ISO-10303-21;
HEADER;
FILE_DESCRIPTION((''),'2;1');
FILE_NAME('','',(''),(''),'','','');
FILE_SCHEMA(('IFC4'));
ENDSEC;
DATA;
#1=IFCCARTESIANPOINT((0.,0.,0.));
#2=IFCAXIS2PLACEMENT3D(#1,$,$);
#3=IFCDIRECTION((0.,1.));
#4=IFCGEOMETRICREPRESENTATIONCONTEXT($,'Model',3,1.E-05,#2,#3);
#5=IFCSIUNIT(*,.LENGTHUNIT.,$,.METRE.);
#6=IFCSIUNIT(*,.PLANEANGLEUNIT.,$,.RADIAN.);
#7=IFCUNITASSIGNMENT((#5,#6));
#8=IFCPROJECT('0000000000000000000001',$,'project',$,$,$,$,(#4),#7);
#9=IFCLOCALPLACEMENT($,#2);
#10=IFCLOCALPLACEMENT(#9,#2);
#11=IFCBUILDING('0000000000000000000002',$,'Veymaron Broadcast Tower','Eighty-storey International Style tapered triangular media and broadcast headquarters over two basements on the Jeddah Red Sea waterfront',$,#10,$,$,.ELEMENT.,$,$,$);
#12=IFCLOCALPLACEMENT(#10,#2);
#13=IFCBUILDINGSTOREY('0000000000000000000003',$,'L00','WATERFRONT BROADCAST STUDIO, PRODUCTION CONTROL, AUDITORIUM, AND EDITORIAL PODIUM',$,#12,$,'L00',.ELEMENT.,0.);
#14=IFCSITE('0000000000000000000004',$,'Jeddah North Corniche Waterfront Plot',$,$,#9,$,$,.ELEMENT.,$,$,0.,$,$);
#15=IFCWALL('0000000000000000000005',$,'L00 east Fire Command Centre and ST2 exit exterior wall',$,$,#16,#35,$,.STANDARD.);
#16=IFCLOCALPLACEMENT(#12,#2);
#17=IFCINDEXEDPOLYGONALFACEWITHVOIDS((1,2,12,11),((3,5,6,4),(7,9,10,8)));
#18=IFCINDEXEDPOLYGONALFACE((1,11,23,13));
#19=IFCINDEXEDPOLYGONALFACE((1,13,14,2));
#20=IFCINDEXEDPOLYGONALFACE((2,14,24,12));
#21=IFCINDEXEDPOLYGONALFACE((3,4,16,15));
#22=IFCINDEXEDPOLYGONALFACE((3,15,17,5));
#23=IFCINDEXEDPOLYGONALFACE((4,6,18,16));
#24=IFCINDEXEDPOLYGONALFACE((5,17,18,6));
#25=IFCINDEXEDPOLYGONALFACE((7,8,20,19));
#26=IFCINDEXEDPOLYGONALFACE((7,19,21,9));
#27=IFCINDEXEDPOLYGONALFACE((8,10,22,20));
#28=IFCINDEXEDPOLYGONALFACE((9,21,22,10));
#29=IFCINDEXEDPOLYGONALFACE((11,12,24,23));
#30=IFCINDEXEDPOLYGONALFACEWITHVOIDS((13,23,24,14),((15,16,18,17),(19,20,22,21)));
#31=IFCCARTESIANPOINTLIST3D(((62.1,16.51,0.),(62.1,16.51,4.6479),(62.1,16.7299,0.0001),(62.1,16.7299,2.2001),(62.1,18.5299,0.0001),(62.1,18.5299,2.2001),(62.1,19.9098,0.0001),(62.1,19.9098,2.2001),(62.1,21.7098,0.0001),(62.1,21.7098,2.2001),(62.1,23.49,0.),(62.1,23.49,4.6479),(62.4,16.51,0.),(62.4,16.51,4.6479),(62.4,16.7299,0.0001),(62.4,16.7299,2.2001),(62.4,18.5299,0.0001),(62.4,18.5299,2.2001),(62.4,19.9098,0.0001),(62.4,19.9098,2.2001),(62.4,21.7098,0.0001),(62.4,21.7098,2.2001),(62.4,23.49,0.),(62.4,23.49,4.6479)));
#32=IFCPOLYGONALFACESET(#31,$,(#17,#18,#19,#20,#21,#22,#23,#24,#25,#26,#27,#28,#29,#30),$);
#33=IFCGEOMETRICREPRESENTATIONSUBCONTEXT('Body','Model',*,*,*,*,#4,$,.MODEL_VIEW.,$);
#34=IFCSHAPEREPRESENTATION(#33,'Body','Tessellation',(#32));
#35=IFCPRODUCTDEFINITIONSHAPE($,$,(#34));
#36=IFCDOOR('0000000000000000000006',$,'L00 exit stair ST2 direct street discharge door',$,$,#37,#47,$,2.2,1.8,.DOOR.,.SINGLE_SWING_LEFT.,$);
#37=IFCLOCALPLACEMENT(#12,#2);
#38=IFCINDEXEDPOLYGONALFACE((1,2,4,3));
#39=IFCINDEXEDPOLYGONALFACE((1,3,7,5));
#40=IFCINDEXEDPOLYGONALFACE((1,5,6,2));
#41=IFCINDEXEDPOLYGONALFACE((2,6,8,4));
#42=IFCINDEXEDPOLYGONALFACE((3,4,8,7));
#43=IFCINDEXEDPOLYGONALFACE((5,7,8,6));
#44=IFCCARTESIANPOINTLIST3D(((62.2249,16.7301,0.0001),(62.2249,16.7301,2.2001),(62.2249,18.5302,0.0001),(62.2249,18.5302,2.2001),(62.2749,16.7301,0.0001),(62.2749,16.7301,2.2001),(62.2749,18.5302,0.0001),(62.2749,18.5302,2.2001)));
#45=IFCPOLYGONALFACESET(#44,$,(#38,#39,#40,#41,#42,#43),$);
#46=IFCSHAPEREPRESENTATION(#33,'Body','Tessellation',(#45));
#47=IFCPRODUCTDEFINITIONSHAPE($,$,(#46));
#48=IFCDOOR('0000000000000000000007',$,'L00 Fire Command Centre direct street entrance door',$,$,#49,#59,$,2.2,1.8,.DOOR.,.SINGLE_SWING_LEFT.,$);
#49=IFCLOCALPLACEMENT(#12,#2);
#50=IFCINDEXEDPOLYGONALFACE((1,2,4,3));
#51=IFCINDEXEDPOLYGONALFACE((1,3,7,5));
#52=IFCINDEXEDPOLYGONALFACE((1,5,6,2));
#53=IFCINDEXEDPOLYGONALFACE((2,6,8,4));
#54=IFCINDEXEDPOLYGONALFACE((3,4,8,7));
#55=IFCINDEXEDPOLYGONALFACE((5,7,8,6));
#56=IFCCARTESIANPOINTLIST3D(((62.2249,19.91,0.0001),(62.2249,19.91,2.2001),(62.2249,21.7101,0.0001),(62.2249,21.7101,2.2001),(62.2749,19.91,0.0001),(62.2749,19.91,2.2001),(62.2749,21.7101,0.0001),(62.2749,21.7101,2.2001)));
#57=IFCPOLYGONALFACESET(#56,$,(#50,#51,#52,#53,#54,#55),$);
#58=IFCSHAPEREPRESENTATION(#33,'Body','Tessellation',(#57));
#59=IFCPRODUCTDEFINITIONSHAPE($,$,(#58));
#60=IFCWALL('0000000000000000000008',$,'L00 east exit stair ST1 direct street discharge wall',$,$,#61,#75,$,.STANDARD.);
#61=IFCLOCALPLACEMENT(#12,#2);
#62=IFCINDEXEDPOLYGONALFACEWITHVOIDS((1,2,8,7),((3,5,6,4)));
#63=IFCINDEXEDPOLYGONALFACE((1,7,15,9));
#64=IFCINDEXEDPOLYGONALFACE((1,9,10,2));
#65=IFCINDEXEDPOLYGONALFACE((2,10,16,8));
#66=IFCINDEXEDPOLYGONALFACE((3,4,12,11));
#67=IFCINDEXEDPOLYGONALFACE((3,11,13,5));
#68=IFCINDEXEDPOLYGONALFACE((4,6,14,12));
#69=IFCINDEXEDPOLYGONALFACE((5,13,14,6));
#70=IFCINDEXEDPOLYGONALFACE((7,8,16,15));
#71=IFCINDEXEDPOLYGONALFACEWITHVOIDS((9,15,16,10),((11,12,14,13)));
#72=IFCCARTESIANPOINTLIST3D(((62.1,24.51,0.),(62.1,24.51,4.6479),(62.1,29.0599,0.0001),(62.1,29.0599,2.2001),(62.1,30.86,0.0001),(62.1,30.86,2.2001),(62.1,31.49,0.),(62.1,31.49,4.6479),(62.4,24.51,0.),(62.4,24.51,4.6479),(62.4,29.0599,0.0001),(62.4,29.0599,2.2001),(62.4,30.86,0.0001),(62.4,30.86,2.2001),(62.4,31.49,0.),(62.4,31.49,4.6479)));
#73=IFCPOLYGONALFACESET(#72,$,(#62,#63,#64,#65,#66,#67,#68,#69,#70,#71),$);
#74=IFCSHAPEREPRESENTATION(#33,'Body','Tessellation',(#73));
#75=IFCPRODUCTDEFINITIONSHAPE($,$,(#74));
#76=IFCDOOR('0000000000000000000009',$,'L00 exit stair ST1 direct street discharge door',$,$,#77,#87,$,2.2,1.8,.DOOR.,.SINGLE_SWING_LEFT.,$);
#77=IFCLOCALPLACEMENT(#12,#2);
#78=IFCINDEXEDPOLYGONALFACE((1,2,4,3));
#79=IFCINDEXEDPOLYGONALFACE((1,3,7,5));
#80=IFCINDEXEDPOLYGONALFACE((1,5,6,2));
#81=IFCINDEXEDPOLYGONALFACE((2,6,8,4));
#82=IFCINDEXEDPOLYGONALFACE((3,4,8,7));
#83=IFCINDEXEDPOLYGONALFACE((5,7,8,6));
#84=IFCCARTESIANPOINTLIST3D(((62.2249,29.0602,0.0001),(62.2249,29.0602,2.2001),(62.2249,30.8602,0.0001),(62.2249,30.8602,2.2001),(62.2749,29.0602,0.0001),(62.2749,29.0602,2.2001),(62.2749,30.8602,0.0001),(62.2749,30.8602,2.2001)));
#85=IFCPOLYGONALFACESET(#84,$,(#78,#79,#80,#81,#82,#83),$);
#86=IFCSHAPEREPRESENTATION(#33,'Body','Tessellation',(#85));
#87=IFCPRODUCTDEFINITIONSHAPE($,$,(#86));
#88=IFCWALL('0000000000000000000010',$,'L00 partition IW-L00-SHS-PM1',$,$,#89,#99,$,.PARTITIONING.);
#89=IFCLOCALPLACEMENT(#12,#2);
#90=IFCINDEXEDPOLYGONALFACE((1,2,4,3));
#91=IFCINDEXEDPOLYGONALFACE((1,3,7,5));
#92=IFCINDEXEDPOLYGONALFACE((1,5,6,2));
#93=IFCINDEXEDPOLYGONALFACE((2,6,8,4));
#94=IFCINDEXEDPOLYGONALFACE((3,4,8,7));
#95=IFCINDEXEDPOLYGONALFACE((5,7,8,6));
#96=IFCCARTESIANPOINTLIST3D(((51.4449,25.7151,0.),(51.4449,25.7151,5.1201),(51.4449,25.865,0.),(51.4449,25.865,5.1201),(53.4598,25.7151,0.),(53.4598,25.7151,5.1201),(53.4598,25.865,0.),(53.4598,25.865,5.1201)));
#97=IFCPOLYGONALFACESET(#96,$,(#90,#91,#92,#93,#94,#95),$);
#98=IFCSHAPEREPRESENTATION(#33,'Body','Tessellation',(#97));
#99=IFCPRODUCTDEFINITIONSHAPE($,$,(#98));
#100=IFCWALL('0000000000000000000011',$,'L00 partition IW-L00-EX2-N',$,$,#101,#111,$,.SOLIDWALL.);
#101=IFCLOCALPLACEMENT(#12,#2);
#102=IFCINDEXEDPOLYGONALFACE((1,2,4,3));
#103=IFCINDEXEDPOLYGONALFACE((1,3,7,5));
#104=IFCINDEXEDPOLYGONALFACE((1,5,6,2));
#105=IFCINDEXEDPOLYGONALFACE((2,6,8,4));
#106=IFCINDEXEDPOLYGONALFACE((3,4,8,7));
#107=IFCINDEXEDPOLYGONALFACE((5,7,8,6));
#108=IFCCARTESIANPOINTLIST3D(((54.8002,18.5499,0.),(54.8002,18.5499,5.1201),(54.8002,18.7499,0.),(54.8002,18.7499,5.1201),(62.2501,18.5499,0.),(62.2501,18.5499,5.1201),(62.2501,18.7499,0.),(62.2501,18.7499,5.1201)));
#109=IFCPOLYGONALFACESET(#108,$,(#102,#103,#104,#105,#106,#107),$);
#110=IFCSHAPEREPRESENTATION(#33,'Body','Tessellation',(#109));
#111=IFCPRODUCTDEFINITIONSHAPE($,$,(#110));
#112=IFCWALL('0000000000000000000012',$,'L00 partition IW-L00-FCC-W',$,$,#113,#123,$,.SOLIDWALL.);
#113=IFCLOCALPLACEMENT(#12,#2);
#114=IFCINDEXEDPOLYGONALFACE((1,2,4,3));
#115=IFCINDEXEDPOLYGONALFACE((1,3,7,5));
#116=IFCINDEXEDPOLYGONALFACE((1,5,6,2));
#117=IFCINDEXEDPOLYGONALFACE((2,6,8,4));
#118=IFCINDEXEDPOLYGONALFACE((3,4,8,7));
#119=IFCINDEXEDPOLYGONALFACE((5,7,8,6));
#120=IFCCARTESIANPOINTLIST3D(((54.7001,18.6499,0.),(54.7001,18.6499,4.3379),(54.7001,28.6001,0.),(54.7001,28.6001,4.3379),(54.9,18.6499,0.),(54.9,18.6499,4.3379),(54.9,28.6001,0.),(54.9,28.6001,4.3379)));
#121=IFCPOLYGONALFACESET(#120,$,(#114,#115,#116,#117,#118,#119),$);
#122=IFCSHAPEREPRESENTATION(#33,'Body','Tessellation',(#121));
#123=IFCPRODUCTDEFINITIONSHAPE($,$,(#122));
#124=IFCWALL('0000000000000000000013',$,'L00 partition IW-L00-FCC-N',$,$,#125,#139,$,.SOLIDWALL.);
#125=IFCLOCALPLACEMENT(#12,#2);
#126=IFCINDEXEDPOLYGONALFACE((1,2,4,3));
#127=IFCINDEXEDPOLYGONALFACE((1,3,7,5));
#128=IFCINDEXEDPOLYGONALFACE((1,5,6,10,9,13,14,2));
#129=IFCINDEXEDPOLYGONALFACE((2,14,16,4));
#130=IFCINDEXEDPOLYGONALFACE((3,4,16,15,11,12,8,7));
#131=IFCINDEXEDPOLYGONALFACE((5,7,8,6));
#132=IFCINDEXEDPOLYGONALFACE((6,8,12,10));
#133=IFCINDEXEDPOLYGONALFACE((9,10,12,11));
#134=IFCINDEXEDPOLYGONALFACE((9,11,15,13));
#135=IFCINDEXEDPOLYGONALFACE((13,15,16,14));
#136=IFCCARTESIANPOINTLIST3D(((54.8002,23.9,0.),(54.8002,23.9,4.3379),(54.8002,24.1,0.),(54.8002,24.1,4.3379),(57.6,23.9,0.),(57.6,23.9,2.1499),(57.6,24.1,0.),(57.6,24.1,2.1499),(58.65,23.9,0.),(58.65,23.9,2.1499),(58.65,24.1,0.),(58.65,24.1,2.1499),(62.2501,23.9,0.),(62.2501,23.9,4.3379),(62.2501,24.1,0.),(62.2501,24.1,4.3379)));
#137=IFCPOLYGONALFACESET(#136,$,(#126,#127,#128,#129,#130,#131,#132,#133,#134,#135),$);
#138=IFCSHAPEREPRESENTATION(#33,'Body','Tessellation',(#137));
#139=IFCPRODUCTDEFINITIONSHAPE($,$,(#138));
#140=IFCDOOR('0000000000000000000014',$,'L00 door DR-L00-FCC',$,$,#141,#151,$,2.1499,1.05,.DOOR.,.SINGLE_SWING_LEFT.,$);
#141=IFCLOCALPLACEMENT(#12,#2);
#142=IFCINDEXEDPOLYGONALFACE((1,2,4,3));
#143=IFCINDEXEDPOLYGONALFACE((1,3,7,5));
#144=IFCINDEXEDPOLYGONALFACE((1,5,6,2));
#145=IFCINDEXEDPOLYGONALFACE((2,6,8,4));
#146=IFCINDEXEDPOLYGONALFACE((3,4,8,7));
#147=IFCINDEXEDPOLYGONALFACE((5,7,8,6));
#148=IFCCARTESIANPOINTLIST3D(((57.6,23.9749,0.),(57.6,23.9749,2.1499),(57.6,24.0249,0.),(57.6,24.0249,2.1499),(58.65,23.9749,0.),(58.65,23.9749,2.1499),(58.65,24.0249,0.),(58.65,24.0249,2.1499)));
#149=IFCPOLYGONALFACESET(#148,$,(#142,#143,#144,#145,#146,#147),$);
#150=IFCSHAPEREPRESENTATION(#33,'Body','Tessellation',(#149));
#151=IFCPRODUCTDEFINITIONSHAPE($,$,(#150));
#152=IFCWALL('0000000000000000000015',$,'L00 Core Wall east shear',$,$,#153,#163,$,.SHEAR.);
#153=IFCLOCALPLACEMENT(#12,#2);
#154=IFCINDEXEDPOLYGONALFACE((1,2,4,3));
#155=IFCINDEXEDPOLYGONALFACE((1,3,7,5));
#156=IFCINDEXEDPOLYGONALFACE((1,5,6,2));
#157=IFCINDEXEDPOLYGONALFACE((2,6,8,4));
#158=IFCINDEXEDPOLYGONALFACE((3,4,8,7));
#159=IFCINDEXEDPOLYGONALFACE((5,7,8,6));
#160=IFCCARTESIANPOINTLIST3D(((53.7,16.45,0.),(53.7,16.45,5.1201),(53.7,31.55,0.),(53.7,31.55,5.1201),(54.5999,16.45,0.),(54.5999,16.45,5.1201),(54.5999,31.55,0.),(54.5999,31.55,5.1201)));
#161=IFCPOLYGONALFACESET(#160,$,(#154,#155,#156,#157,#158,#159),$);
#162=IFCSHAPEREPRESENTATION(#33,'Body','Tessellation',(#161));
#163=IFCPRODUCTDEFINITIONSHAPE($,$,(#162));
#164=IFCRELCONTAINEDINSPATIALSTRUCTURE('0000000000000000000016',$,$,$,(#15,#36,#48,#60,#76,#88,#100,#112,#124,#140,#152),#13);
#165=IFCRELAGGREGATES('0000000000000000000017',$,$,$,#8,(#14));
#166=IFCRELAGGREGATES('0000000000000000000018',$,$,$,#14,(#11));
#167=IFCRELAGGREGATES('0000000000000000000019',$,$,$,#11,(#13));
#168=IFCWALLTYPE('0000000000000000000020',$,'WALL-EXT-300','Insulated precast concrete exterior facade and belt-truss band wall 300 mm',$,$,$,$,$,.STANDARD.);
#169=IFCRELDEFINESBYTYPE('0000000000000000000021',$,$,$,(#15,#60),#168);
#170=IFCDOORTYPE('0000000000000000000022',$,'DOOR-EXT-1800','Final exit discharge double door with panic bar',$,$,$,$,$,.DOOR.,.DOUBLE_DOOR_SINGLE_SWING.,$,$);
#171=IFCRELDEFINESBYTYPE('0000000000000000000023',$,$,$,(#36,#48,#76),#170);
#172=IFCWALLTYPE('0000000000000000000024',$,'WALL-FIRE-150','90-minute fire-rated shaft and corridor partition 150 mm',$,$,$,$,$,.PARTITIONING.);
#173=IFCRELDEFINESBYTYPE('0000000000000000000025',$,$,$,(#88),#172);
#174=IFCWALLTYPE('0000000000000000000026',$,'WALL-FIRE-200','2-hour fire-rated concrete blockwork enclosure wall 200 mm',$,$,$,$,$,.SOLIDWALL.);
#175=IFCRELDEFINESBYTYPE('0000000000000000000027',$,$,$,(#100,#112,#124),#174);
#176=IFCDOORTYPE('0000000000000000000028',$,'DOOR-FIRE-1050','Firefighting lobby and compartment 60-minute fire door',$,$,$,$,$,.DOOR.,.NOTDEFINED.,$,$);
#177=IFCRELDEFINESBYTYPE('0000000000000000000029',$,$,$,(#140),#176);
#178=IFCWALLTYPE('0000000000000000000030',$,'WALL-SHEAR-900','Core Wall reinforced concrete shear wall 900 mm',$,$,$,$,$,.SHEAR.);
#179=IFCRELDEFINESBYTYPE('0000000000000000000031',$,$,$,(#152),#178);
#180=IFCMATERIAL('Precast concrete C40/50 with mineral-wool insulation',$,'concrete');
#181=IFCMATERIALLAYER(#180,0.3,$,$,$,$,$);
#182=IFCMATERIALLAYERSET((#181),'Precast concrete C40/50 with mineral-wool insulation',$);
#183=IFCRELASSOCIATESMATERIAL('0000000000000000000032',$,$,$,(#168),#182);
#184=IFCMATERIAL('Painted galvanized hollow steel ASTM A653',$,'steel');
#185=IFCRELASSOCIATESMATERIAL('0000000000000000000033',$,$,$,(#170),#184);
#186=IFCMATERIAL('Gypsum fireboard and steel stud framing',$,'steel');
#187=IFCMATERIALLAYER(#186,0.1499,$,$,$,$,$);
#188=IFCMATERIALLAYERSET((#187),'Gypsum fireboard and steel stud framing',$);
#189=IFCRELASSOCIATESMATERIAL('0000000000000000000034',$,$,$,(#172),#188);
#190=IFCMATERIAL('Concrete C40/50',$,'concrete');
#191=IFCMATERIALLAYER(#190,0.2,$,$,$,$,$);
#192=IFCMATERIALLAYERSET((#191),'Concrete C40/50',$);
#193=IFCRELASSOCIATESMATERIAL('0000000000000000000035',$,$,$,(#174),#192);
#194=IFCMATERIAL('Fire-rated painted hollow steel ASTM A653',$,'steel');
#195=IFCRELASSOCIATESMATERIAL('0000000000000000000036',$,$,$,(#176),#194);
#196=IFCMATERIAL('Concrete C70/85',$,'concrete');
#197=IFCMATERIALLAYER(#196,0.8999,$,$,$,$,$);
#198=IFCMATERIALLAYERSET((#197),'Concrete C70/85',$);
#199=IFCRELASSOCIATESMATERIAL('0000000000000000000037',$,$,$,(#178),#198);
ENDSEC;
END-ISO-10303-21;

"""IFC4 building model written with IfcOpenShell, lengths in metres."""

from ifc_helpers import new_model, si_unit, direction, frame, frame_2d, origin, place, context, subcontext, project, spatial, rectangle, extrude, material, layer, layer_set, type_object, element, fill, save


model = new_model("IFC4")

# Units and contexts
model_context = context("Model", 3, precision=1e-05, world=origin(), true_north=direction((0.0, 1.0)))
body_context = subcontext(model_context, "Body", "Model", "MODEL_VIEW")
ifc_project = project(units=[si_unit("LENGTHUNIT", "METRE"), si_unit("PLANEANGLEUNIT", "RADIAN")], contexts=[model_context])

# Site, building, storey
site_placement = place(None, origin())
site = spatial("IfcSite", under=ifc_project, at=site_placement, Name="Jeddah North Corniche Waterfront Plot", CompositionType="ELEMENT", RefElevation=0.0)
building_placement = place(site_placement, origin())
building = spatial("IfcBuilding", under=site, at=building_placement, Name="Veymaron Broadcast Tower", Description="Eighty-storey International Style tapered triangular media and broadcast headquarters over two basements on the Jeddah Red Sea waterfront", CompositionType="ELEMENT")
storey_placement = place(building_placement, origin())
storey = spatial("IfcBuildingStorey", under=building, at=storey_placement, Name="L00", Description="WATERFRONT BROADCAST STUDIO, PRODUCTION CONTROL, AUDITORIUM, AND EDITORIAL PODIUM", LongName="L00", CompositionType="ELEMENT", Elevation=0.0)

# Wall, openings, doors
ifc_material_1 = material(Name="Precast concrete C40/50 with mineral-wool insulation", Category="concrete")
ifc_layer_1 = layer(ifc_material_1, 0.3)
ifc_layer_set_1 = layer_set([ifc_layer_1], Name="Precast concrete C40/50 with mineral-wool insulation")
wall_type_1 = type_object("IfcWallType", Name="WALL-EXT-300", Description="Insulated precast concrete exterior facade and belt-truss band wall 300 mm", PredefinedType="STANDARD", material=ifc_layer_set_1)
wall_1_placement = place(storey_placement, frame((62.25, 16.51, 0.0), z_axis=(0.0, 0.0, 1.0), x_axis=(0.0, 1.0, 0.0)))
wall_1 = element("IfcWall", 1, at=wall_1_placement, inside=storey, type_object=wall_type_1, Name="L00 east Fire Command Centre and ST2 exit exterior wall", PredefinedType="STANDARD", context=body_context, shape_type="SweptSolid", body=[
    extrude(rectangle(XDim=6.98, YDim=0.3, at=frame_2d((3.49, 0.0))), origin(), (0.0, 0.0, 1.0), 4.6479),
])
opening_1_placement = place(wall_1_placement, frame((0.22, 0.0, 0.0)))
opening_1 = element("IfcOpeningElement", 2, at=opening_1_placement, cuts=wall_1, PredefinedType="OPENING", context=body_context, shape_type="SweptSolid", body=[
    extrude(rectangle(XDim=1.8, YDim=2.2, at=frame_2d((0.8999, 1.1001))), frame((0.0, 0.1602, 0.0), z_axis=(0.0, -1.0, 0.0), x_axis=(1.0, 0.0, 0.0)), (0.0, 0.0, 1.0), 0.3201),
])
opening_2_placement = place(wall_1_placement, frame((3.3999, 0.0, 0.0)))
opening_2 = element("IfcOpeningElement", 3, at=opening_2_placement, cuts=wall_1, PredefinedType="OPENING", context=body_context, shape_type="SweptSolid", body=[
    extrude(rectangle(XDim=1.8, YDim=2.2, at=frame_2d((0.8999, 1.1001))), frame((0.0, 0.1602, 0.0), z_axis=(0.0, -1.0, 0.0), x_axis=(1.0, 0.0, 0.0)), (0.0, 0.0, 1.0), 0.3201),
])
ifc_material_2 = material(Name="Painted galvanized hollow steel ASTM A653", Category="steel")
door_type_1 = type_object("IfcDoorType", Name="DOOR-EXT-1800", Description="Final exit discharge double door with panic bar", OperationType="DOUBLE_DOOR_SINGLE_SWING", PredefinedType="DOOR", material=ifc_material_2)
door_1_placement = place(opening_1_placement, frame((1.8, 0.0, 0.0), z_axis=(0.0, 0.0, 1.0), x_axis=(-1.0, 0.0, 0.0)))
door_1 = element("IfcDoor", 4, at=door_1_placement, inside=storey, type_object=door_type_1, Name="L00 exit stair ST2 direct street discharge door", OperationType="SINGLE_SWING_LEFT", OverallHeight=2.2, OverallWidth=1.8, PredefinedType="DOOR", context=body_context, shape_type="SweptSolid", body=[
    extrude(rectangle(XDim=1.8, YDim=2.2, at=frame_2d((0.8999, 1.1001))), frame((0.0, 0.0249, 0.0), z_axis=(0.0, -1.0, 0.0), x_axis=(1.0, 0.0, 0.0)), (0.0, 0.0, 1.0), 0.05),
])
fill(opening_1, door_1)
door_2_placement = place(opening_2_placement, frame((1.8, 0.0, 0.0), z_axis=(0.0, 0.0, 1.0), x_axis=(-1.0, 0.0, 0.0)))
door_2 = element("IfcDoor", 5, at=door_2_placement, inside=storey, type_object=door_type_1, Name="L00 Fire Command Centre direct street entrance door", OperationType="SINGLE_SWING_LEFT", OverallHeight=2.2, OverallWidth=1.8, PredefinedType="DOOR", context=body_context, shape_type="SweptSolid", body=[
    extrude(rectangle(XDim=1.8, YDim=2.2, at=frame_2d((0.8999, 1.1001))), frame((0.0, 0.0249, 0.0), z_axis=(0.0, -1.0, 0.0), x_axis=(1.0, 0.0, 0.0)), (0.0, 0.0, 1.0), 0.05),
])
fill(opening_2, door_2)

# Wall, opening, door
wall_2_placement = place(storey_placement, frame((62.25, 24.51, 0.0), z_axis=(0.0, 0.0, 1.0), x_axis=(0.0, 1.0, 0.0)))
wall_2 = element("IfcWall", 6, at=wall_2_placement, inside=storey, type_object=wall_type_1, Name="L00 east exit stair ST1 direct street discharge wall", PredefinedType="STANDARD", context=body_context, shape_type="SweptSolid", body=[
    extrude(rectangle(XDim=6.98, YDim=0.3, at=frame_2d((3.49, 0.0))), origin(), (0.0, 0.0, 1.0), 4.6479),
])
opening_3_placement = place(wall_2_placement, frame((4.55, 0.0, 0.0)))
opening_3 = element("IfcOpeningElement", 7, at=opening_3_placement, cuts=wall_2, PredefinedType="OPENING", context=body_context, shape_type="SweptSolid", body=[
    extrude(rectangle(XDim=1.8, YDim=2.2, at=frame_2d((0.8999, 1.1001))), frame((0.0, 0.1602, 0.0), z_axis=(0.0, -1.0, 0.0), x_axis=(1.0, 0.0, 0.0)), (0.0, 0.0, 1.0), 0.3201),
])
door_3_placement = place(opening_3_placement, frame((1.8, 0.0, 0.0), z_axis=(0.0, 0.0, 1.0), x_axis=(-1.0, 0.0, 0.0)))
door_3 = element("IfcDoor", 8, at=door_3_placement, inside=storey, type_object=door_type_1, Name="L00 exit stair ST1 direct street discharge door", OperationType="SINGLE_SWING_LEFT", OverallHeight=2.2, OverallWidth=1.8, PredefinedType="DOOR", context=body_context, shape_type="SweptSolid", body=[
    extrude(rectangle(XDim=1.8, YDim=2.2, at=frame_2d((0.8999, 1.1001))), frame((0.0, 0.0249, 0.0), z_axis=(0.0, -1.0, 0.0), x_axis=(1.0, 0.0, 0.0)), (0.0, 0.0, 1.0), 0.05),
])
fill(opening_3, door_3)
ifc_material_3 = material(Name="Gypsum fireboard and steel stud framing", Category="steel")
ifc_layer_2 = layer(ifc_material_3, 0.1499)
ifc_layer_set_2 = layer_set([ifc_layer_2], Name="Gypsum fireboard and steel stud framing")
wall_type_2 = type_object("IfcWallType", Name="WALL-FIRE-150", Description="90-minute fire-rated shaft and corridor partition 150 mm", PredefinedType="PARTITIONING", material=ifc_layer_set_2)

# Walls
wall_3_placement = place(storey_placement, frame((51.4451, 25.79, 0.0), z_axis=(0.0, 0.0, 1.0), x_axis=(1.0, 0.0, 0.0)))
element("IfcWall", 9, at=wall_3_placement, inside=storey, type_object=wall_type_2, Name="L00 partition IW-L00-SHS-PM1", PredefinedType="PARTITIONING", context=body_context, shape_type="SweptSolid", body=[
    extrude(rectangle(XDim=2.0149, YDim=0.1499, at=frame_2d((1.0073, 0.0))), origin(), (0.0, 0.0, 1.0), 5.1201),
])
ifc_material_4 = material(Name="Concrete C40/50", Category="concrete")
ifc_layer_3 = layer(ifc_material_4, 0.2)
ifc_layer_set_3 = layer_set([ifc_layer_3], Name="Concrete C40/50")
wall_type_3 = type_object("IfcWallType", Name="WALL-FIRE-200", Description="2-hour fire-rated concrete blockwork enclosure wall 200 mm", PredefinedType="SOLIDWALL", material=ifc_layer_set_3)
wall_4_placement = place(storey_placement, frame((54.8, 18.6499, 0.0), z_axis=(0.0, 0.0, 1.0), x_axis=(1.0, 0.0, 0.0)))
element("IfcWall", 10, at=wall_4_placement, inside=storey, type_object=wall_type_3, Name="L00 partition IW-L00-EX2-N", PredefinedType="SOLIDWALL", context=body_context, shape_type="SweptSolid", body=[
    extrude(rectangle(XDim=7.45, YDim=0.2, at=frame_2d((3.7251, 0.0))), origin(), (0.0, 0.0, 1.0), 5.1201),
])
wall_5_placement = place(storey_placement, frame((54.8, 18.6499, 0.0), z_axis=(0.0, 0.0, 1.0), x_axis=(0.0, 1.0, 0.0)))
element("IfcWall", 11, at=wall_5_placement, inside=storey, type_object=wall_type_3, Name="L00 partition IW-L00-FCC-W", PredefinedType="SOLIDWALL", context=body_context, shape_type="SweptSolid", body=[
    extrude(rectangle(XDim=9.9502, YDim=0.2, at=frame_2d((4.9751, 0.0))), origin(), (0.0, 0.0, 1.0), 4.3379),
])

# Wall, opening, door
wall_6_placement = place(storey_placement, frame((54.8, 24.0, 0.0), z_axis=(0.0, 0.0, 1.0), x_axis=(1.0, 0.0, 0.0)))
wall_6 = element("IfcWall", 12, at=wall_6_placement, inside=storey, type_object=wall_type_3, Name="L00 partition IW-L00-FCC-N", PredefinedType="SOLIDWALL", context=body_context, shape_type="SweptSolid", body=[
    extrude(rectangle(XDim=7.45, YDim=0.2, at=frame_2d((3.7251, 0.0))), origin(), (0.0, 0.0, 1.0), 4.3379),
])
opening_4_placement = place(wall_6_placement, frame((2.8, 0.0, 0.0)))
opening_4 = element("IfcOpeningElement", 13, at=opening_4_placement, cuts=wall_6, PredefinedType="OPENING", context=body_context, shape_type="SweptSolid", body=[
    extrude(rectangle(XDim=1.05, YDim=2.1499, at=frame_2d((0.5249, 1.075))), frame((0.0, 0.1099, 0.0), z_axis=(0.0, -1.0, 0.0), x_axis=(1.0, 0.0, 0.0)), (0.0, 0.0, 1.0), 0.22),
])
ifc_material_5 = material(Name="Fire-rated painted hollow steel ASTM A653", Category="steel")
door_type_2 = type_object("IfcDoorType", Name="DOOR-FIRE-1050", Description="Firefighting lobby and compartment 60-minute fire door", OperationType="NOTDEFINED", PredefinedType="DOOR", material=ifc_material_5)
door_4_placement = place(opening_4_placement, origin())
door_4 = element("IfcDoor", 14, at=door_4_placement, inside=storey, type_object=door_type_2, Name="L00 door DR-L00-FCC", OperationType="SINGLE_SWING_LEFT", OverallHeight=2.1499, OverallWidth=1.05, PredefinedType="DOOR", context=body_context, shape_type="SweptSolid", body=[
    extrude(rectangle(XDim=1.05, YDim=2.1499, at=frame_2d((0.5249, 1.075))), frame((0.0, 0.0249, 0.0), z_axis=(0.0, -1.0, 0.0), x_axis=(1.0, 0.0, 0.0)), (0.0, 0.0, 1.0), 0.05),
])
fill(opening_4, door_4)

# Wall
ifc_material_6 = material(Name="Concrete C70/85", Category="concrete")
ifc_layer_4 = layer(ifc_material_6, 0.8999)
ifc_layer_set_4 = layer_set([ifc_layer_4], Name="Concrete C70/85")
wall_type_4 = type_object("IfcWallType", Name="WALL-SHEAR-900", Description="Core Wall reinforced concrete shear wall 900 mm", PredefinedType="SHEAR", material=ifc_layer_set_4)
wall_7_placement = place(storey_placement, frame((54.1499, 16.45, 0.0), z_axis=(0.0, 0.0, 1.0), x_axis=(0.0, 1.0, 0.0)))
element("IfcWall", 15, at=wall_7_placement, inside=storey, type_object=wall_type_4, Name="L00 Core Wall east shear", PredefinedType="SHEAR", context=body_context, shape_type="SweptSolid", body=[
    extrude(rectangle(XDim=15.1001, YDim=0.8999, at=frame_2d((7.55, 0.0))), origin(), (0.0, 0.0, 1.0), 5.1201),
])

save(model, "model.ifc")
